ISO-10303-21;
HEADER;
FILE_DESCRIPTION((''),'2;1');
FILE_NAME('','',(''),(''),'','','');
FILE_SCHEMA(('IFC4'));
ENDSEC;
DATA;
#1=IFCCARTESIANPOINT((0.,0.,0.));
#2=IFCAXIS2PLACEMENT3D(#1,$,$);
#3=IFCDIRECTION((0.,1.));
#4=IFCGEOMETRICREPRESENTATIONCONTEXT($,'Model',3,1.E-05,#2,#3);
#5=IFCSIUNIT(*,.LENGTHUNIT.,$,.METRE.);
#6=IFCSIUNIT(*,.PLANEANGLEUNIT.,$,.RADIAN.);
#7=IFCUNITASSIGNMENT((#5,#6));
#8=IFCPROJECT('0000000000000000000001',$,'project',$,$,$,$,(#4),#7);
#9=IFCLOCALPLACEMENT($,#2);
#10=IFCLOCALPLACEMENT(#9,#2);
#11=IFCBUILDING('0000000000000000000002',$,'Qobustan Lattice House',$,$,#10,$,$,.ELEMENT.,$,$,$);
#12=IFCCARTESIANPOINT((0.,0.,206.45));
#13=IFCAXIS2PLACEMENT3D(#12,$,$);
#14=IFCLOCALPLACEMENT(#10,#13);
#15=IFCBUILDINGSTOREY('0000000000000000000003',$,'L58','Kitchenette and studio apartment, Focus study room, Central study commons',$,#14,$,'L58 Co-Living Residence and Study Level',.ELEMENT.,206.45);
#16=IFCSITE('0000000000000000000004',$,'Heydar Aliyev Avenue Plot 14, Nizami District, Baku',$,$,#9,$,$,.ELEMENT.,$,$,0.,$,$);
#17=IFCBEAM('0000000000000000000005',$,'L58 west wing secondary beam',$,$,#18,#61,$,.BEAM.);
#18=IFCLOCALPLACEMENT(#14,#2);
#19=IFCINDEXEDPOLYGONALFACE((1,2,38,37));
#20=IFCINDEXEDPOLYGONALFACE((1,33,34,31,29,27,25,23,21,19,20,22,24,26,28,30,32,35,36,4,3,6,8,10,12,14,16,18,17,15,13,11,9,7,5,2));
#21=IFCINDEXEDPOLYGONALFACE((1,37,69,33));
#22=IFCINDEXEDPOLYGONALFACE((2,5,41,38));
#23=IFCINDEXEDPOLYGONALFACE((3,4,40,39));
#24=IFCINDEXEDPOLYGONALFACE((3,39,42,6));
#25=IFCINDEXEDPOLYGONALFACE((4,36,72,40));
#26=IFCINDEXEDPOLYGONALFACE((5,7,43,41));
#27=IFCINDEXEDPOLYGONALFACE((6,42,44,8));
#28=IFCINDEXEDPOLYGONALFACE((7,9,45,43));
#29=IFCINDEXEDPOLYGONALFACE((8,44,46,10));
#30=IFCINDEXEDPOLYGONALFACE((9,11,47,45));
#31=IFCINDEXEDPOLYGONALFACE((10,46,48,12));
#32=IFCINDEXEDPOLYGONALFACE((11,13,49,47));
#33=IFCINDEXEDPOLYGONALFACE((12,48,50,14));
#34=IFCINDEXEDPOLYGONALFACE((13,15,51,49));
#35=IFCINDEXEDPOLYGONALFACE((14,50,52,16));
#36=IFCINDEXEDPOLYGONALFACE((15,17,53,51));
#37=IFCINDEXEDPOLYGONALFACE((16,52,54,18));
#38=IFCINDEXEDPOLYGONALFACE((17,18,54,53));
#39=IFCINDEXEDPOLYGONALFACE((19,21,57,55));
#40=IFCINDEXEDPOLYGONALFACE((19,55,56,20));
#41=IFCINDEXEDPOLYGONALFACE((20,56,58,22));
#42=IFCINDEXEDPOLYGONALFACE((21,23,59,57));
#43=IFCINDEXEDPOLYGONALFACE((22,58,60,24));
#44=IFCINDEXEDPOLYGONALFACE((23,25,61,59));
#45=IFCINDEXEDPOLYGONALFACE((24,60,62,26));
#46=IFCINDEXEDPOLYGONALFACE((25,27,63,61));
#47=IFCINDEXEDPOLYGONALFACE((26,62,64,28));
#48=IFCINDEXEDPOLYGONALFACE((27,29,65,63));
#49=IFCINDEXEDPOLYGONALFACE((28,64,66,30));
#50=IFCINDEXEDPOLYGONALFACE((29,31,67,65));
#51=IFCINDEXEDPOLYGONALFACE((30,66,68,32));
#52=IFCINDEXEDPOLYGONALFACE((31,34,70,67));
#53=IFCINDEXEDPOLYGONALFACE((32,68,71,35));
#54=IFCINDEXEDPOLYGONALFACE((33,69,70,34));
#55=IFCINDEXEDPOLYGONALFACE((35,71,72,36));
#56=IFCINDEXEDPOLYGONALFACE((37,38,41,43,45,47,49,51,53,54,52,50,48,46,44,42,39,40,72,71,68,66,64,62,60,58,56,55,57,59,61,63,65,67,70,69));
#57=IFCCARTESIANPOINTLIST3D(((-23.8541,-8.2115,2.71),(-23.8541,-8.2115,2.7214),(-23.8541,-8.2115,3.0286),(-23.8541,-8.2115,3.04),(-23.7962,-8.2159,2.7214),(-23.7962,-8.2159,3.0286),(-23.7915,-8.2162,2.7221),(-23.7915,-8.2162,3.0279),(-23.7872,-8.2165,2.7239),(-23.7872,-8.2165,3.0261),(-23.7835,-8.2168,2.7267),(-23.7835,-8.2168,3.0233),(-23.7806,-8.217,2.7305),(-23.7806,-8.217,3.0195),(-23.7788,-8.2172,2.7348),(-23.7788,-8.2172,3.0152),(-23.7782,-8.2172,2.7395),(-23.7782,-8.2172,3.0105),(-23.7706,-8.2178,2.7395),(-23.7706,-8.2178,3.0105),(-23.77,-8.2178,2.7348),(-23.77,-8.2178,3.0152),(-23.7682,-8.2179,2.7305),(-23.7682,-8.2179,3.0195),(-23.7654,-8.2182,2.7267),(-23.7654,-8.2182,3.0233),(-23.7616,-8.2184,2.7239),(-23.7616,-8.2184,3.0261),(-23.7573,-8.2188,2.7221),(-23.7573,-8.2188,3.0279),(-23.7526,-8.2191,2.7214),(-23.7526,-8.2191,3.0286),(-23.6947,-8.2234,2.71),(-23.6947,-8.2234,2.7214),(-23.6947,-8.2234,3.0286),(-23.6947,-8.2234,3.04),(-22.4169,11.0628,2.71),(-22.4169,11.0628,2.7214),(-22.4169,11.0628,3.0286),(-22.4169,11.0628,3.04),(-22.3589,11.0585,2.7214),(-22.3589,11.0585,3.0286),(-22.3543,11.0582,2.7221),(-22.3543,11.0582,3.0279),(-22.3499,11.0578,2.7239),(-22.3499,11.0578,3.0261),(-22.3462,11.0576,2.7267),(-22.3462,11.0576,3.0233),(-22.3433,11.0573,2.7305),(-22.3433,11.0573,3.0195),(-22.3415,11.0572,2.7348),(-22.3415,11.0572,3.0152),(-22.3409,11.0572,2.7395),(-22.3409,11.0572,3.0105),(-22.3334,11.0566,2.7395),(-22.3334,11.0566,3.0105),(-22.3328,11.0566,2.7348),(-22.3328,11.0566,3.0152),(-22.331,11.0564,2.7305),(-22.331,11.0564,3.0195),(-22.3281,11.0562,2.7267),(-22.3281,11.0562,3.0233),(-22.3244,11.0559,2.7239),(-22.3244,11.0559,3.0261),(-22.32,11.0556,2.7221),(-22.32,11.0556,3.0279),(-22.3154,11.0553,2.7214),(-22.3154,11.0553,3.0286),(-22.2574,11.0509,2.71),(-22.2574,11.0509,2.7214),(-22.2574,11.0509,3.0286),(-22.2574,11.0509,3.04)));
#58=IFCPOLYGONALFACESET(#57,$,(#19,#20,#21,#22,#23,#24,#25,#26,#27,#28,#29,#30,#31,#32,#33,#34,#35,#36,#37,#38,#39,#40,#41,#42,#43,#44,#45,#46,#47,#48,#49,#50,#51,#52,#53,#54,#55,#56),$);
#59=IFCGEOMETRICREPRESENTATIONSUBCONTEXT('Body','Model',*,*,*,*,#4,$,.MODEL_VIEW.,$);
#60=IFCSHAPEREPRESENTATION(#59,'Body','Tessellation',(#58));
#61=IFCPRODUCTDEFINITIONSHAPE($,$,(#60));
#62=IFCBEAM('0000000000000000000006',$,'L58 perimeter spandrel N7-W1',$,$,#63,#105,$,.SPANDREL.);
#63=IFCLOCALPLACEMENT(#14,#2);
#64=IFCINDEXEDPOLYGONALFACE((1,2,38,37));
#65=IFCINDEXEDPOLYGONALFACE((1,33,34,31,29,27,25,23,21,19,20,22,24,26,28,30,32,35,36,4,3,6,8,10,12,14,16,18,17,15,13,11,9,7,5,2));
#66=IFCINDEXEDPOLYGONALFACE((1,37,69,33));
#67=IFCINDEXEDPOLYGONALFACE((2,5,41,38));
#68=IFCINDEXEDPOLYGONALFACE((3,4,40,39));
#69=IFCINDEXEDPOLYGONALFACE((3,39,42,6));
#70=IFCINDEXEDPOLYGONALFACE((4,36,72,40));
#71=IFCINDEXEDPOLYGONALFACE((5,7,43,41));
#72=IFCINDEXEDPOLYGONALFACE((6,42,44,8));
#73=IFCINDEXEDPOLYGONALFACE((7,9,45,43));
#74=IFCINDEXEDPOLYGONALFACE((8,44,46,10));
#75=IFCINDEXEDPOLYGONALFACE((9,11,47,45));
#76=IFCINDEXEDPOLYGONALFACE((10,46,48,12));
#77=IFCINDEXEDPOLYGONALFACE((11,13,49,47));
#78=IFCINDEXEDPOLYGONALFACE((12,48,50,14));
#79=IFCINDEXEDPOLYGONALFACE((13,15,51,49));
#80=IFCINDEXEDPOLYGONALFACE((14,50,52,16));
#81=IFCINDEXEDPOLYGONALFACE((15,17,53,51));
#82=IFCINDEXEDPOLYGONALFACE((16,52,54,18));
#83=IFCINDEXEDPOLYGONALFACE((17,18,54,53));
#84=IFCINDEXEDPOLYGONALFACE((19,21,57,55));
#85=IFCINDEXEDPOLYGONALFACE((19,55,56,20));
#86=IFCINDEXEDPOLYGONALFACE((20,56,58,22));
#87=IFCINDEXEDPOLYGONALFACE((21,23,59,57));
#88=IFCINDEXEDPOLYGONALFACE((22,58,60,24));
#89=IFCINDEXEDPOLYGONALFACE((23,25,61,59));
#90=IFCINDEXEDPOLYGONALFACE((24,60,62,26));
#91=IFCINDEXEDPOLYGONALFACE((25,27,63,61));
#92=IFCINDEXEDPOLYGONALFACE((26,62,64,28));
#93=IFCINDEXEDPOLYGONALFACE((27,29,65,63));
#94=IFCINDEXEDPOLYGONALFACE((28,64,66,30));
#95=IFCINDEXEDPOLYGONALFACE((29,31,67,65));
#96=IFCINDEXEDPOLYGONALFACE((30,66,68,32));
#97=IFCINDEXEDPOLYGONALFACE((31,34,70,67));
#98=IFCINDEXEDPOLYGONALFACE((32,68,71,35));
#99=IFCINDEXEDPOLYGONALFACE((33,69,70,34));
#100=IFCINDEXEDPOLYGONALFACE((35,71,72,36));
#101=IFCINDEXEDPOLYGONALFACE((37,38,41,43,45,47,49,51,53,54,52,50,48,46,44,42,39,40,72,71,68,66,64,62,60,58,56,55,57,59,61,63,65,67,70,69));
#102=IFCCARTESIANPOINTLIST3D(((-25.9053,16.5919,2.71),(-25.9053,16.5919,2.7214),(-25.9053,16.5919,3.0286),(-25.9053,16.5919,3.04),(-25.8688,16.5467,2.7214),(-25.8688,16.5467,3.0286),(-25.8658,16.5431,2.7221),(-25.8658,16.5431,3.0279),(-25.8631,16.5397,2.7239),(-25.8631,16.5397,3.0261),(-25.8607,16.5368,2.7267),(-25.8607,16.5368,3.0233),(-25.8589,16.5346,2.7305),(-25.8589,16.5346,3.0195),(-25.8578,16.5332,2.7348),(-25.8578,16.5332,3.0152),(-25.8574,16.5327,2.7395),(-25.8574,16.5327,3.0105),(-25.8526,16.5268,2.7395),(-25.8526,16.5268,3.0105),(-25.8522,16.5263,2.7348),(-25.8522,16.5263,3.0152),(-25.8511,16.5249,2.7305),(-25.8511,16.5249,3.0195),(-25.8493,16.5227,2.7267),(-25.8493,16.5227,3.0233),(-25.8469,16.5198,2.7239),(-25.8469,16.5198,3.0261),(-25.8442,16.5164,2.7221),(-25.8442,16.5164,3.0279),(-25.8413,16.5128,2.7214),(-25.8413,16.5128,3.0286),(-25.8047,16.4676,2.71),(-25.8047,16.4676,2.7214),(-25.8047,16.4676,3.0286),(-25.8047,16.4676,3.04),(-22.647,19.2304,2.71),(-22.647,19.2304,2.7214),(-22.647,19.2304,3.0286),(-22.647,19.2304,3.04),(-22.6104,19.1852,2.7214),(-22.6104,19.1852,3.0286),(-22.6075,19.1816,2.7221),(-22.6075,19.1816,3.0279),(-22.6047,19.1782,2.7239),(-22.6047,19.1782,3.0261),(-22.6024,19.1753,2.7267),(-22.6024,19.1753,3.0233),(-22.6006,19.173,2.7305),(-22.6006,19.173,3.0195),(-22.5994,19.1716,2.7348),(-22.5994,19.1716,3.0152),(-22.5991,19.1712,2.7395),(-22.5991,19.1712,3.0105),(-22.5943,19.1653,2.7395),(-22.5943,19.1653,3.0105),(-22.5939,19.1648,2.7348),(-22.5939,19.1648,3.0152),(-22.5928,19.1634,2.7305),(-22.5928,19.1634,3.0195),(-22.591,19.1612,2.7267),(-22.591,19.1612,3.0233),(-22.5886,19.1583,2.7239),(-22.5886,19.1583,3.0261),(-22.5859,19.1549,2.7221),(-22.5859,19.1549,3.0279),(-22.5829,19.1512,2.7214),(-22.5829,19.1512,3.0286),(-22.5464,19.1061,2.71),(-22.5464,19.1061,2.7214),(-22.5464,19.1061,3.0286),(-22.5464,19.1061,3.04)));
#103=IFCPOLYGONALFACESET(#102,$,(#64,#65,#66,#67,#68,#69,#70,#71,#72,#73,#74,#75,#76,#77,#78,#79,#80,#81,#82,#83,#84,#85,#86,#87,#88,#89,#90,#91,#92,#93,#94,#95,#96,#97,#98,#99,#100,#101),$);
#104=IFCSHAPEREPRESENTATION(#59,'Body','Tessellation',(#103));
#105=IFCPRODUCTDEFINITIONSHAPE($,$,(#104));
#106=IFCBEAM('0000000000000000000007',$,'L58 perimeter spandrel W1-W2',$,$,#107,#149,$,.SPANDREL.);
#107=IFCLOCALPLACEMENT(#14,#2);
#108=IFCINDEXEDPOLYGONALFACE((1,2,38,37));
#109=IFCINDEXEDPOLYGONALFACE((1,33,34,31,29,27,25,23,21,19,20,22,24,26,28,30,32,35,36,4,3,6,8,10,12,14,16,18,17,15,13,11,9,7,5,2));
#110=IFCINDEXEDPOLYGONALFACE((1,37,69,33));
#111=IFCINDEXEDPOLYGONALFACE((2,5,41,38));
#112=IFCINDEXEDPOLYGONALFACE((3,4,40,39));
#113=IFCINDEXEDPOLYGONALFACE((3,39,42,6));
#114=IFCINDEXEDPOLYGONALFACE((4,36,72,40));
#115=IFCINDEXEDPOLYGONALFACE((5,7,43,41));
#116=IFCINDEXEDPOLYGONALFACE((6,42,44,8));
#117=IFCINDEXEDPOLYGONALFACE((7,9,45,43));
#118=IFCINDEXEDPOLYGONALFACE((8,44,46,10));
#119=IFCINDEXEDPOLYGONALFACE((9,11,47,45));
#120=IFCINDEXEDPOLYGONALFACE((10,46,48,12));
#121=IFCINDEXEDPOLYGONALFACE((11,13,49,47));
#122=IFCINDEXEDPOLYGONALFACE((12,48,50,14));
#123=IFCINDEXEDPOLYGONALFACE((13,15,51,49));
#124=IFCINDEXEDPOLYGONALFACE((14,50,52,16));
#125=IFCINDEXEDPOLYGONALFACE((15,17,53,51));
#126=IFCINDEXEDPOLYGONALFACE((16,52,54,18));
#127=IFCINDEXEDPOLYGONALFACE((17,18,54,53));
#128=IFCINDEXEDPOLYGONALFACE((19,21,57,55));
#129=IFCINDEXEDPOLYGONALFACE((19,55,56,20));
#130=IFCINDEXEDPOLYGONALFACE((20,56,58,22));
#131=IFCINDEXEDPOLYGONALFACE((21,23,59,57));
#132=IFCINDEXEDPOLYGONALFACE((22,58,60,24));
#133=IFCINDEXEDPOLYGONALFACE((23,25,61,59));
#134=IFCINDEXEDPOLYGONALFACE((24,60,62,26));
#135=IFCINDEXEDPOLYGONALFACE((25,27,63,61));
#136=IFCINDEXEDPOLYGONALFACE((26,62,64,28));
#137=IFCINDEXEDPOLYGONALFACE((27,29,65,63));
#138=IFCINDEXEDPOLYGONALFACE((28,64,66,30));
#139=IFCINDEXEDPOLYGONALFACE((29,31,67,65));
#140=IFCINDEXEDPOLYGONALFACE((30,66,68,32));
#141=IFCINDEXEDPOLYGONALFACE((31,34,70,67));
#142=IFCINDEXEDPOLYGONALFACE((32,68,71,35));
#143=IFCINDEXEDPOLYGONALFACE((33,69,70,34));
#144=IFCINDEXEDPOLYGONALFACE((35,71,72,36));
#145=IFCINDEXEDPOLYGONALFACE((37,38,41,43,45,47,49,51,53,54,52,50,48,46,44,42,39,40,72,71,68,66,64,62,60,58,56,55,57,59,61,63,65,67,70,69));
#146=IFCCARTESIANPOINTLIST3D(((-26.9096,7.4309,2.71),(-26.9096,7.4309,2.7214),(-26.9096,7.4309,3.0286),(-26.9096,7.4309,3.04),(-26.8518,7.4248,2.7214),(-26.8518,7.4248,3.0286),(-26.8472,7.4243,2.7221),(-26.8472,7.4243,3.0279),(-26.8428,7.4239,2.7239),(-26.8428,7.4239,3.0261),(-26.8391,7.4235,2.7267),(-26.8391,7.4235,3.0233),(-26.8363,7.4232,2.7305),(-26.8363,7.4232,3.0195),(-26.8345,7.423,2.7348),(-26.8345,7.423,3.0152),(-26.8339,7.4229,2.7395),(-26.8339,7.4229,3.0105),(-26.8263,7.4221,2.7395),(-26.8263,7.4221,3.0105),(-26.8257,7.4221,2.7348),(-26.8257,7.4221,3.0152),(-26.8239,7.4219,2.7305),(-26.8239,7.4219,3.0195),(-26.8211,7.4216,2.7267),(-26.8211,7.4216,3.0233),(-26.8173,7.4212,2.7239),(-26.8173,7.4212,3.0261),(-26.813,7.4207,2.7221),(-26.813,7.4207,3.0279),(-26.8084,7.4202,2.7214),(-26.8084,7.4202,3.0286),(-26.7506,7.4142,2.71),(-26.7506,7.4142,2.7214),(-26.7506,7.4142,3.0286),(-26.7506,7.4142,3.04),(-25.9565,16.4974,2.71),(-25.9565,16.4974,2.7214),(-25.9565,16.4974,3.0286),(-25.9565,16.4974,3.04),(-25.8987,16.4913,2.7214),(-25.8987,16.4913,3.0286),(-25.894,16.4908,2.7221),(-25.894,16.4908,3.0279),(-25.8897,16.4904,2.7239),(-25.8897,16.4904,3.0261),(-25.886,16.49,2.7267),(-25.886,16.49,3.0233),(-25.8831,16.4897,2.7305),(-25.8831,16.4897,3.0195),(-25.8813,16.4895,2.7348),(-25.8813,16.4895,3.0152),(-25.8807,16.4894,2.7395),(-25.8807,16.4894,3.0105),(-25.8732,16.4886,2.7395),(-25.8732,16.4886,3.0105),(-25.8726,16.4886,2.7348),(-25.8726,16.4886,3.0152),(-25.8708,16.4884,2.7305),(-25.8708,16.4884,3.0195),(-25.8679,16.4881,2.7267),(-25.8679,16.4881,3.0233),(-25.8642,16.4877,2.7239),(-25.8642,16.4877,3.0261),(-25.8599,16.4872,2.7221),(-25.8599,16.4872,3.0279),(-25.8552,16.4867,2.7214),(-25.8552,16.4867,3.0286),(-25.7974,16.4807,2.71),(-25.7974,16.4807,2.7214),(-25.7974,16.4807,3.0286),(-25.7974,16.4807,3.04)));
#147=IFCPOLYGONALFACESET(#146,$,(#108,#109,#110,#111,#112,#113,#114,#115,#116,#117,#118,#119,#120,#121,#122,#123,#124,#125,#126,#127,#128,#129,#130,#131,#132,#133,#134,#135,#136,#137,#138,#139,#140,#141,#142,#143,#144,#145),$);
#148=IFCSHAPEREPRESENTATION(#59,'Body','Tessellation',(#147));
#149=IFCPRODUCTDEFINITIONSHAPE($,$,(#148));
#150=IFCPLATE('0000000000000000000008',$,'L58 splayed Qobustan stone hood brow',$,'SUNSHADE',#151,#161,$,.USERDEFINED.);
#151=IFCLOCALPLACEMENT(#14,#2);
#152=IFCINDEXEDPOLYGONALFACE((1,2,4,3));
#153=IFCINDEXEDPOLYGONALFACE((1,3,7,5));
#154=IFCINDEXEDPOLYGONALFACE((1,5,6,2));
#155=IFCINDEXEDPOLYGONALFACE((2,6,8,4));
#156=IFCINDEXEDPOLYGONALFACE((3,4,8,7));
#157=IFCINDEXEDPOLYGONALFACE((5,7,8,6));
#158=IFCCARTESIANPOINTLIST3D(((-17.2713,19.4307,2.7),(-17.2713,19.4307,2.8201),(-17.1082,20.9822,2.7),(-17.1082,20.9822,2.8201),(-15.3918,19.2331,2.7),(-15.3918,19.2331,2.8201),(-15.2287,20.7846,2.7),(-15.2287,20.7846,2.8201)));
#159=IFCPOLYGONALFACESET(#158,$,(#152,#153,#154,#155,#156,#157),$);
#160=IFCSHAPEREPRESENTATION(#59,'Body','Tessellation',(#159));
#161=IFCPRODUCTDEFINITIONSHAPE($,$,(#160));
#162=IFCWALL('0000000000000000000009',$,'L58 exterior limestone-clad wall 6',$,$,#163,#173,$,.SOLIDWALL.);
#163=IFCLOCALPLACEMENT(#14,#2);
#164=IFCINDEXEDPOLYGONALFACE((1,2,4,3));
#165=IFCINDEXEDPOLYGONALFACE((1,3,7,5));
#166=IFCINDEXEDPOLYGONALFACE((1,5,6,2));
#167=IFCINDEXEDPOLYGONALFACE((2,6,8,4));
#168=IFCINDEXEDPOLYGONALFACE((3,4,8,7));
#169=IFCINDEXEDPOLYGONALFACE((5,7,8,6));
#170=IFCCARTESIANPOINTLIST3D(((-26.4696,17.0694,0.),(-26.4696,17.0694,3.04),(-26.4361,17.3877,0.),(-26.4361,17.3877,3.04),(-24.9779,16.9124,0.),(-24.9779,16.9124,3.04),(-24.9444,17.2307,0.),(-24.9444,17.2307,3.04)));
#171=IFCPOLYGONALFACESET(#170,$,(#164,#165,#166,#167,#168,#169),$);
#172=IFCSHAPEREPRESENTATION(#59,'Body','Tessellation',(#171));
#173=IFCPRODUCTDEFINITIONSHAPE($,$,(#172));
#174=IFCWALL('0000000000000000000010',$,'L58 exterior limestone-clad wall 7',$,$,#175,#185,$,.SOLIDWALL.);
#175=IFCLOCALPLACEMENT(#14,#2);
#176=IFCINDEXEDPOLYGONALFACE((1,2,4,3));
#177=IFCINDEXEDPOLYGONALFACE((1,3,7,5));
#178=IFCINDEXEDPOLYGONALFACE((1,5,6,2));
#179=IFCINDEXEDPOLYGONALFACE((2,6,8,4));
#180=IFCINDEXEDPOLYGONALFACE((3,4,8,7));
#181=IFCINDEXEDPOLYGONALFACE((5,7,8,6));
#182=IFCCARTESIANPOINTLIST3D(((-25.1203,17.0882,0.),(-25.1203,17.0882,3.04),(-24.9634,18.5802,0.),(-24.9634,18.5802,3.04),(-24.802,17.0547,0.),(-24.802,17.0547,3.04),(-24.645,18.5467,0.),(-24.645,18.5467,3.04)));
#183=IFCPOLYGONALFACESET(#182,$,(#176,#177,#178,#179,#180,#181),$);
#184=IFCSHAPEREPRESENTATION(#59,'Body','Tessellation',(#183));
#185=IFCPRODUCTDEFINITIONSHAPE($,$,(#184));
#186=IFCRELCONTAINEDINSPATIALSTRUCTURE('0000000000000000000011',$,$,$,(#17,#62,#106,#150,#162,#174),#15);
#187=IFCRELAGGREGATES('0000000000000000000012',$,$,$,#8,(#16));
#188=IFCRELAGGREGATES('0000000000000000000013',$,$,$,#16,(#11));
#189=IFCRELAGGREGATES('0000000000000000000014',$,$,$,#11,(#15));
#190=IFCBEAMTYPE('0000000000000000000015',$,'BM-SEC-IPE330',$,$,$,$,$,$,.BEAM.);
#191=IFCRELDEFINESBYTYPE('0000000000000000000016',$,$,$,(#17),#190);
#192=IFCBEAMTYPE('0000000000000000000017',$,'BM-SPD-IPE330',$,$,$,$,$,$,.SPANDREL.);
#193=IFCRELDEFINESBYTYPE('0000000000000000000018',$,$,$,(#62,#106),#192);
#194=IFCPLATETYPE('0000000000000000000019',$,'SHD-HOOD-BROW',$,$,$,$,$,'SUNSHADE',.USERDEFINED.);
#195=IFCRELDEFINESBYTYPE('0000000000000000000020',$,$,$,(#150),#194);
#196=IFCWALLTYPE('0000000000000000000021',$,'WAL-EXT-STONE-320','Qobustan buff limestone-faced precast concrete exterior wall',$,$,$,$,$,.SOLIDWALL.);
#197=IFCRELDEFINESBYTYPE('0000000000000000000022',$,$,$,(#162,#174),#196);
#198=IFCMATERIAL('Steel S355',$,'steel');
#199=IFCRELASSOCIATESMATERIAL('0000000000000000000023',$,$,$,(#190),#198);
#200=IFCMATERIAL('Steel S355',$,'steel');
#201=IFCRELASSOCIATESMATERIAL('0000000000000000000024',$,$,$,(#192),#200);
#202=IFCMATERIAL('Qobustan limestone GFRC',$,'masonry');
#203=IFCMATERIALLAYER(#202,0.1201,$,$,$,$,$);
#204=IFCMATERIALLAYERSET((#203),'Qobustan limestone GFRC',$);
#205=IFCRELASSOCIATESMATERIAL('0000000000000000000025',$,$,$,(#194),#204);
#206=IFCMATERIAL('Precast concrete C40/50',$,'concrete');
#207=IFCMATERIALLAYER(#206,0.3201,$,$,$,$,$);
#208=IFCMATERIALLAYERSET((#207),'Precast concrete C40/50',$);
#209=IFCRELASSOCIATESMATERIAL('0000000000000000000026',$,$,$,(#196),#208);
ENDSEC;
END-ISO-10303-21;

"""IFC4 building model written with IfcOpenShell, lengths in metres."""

from ifc_helpers import new_model, si_unit, direction, frame, frame_2d, origin, origin_2d, place, context, subcontext, project, spatial, rectangle, i_section, extrude, material, layer, layer_set, material_profile, profile_set, type_object, element, save


model = new_model("IFC4")

# Units and contexts
model_context = context("Model", 3, precision=1e-05, world=origin(), true_north=direction((0.0, 1.0)))
body_context = subcontext(model_context, "Body", "Model", "MODEL_VIEW")
ifc_project = project(units=[si_unit("LENGTHUNIT", "METRE"), si_unit("PLANEANGLEUNIT", "RADIAN")], contexts=[model_context])

# Site, building, storey
site_placement = place(None, origin())
site = spatial("IfcSite", under=ifc_project, at=site_placement, Name="Heydar Aliyev Avenue Plot 14, Nizami District, Baku", CompositionType="ELEMENT", RefElevation=0.0)
building_placement = place(site_placement, origin())
building = spatial("IfcBuilding", under=site, at=building_placement, Name="Qobustan Lattice House", CompositionType="ELEMENT")
storey_placement = place(building_placement, frame((0.0, 0.0, 206.45)))
storey = spatial("IfcBuildingStorey", under=building, at=storey_placement, Name="L58", Description="Kitchenette and studio apartment, Focus study room, Central study commons", LongName="L58 Co-Living Residence and Study Level", CompositionType="ELEMENT", Elevation=206.45)

# Beams
ifc_material_1 = material(Name="Steel S355", Category="steel")
ifc_material_profile_1 = material_profile(ifc_material_1, i_section(OverallWidth=0.1599, OverallDepth=0.3301, WebThickness=0.0076, FlangeThickness=0.0115, FilletRadius=0.0181, at=origin_2d()), Name="IPE330")
ifc_profile_set_1 = profile_set([ifc_material_profile_1], Name="Steel S355")
beam_type_1 = type_object("IfcBeamType", Name="BM-SEC-IPE330", PredefinedType="BEAM", material=ifc_profile_set_1)
beam_1_placement = place(storey_placement, frame((-22.3372, 11.0569, 2.875), z_axis=(-0.074362, -0.997231, 0.0), x_axis=(0.997231, -0.074362, 0.0)))
element("IfcBeam", 1, at=beam_1_placement, inside=storey, type_object=beam_type_1, Name="L58 west wing secondary beam", PredefinedType="BEAM", context=body_context, shape_type="SweptSolid", body=[
    extrude(i_section(OverallWidth=0.1599, OverallDepth=0.3301, WebThickness=0.0076, FlangeThickness=0.0115, FilletRadius=0.0181, at=origin_2d()), origin(), (0.0, 0.0, 1.0), 19.3279),
])
ifc_material_2 = material(Name="Steel S355", Category="steel")
ifc_material_profile_2 = material_profile(ifc_material_2, i_section(OverallWidth=0.1599, OverallDepth=0.3301, WebThickness=0.0076, FlangeThickness=0.0115, FilletRadius=0.0181, at=origin_2d()), Name="IPE330")
ifc_profile_set_2 = profile_set([ifc_material_profile_2], Name="Steel S355")
beam_type_2 = type_object("IfcBeamType", Name="BM-SPD-IPE330", PredefinedType="SPANDREL", material=ifc_profile_set_2)
beam_2_placement = place(storey_placement, frame((-22.5967, 19.1682, 2.875), z_axis=(-0.777157, -0.629307, 0.0), x_axis=(0.629307, -0.777157, 0.0)))
element("IfcBeam", 2, at=beam_2_placement, inside=storey, type_object=beam_type_2, Name="L58 perimeter spandrel N7-W1", PredefinedType="SPANDREL", context=body_context, shape_type="SweptSolid", body=[
    extrude(i_section(OverallWidth=0.1599, OverallDepth=0.3301, WebThickness=0.0076, FlangeThickness=0.0115, FilletRadius=0.0181, at=origin_2d()), origin(), (0.0, 0.0, 1.0), 4.1926),
])
beam_3_placement = place(storey_placement, frame((-25.877, 16.489, 2.875), z_axis=(-0.104551, -0.99452, 0.0), x_axis=(0.99452, -0.104551, 0.0)))
element("IfcBeam", 3, at=beam_3_placement, inside=storey, type_object=beam_type_2, Name="L58 perimeter spandrel W1-W2", PredefinedType="SPANDREL", context=body_context, shape_type="SweptSolid", body=[
    extrude(i_section(OverallWidth=0.1599, OverallDepth=0.3301, WebThickness=0.0076, FlangeThickness=0.0115, FilletRadius=0.0181, at=origin_2d()), origin(), (0.0, 0.0, 1.0), 9.1165),
])

# Plate
ifc_material_3 = material(Name="Qobustan limestone GFRC", Category="masonry")
ifc_layer_1 = layer(ifc_material_3, 0.1201)
ifc_layer_set_1 = layer_set([ifc_layer_1], Name="Qobustan limestone GFRC")
plate_type = type_object("IfcPlateType", Name="SHD-HOOD-BROW", ElementType="SUNSHADE", PredefinedType="USERDEFINED", material=ifc_layer_set_1)
plate_placement = place(storey_placement, frame((-16.25, 20.1077, 2.7), z_axis=(0.0, 0.0, 1.0), x_axis=(0.994522, -0.104528, 0.0)))
element("IfcPlate", 4, at=plate_placement, inside=storey, type_object=plate_type, Name="L58 splayed Qobustan stone hood brow", ObjectType="SUNSHADE", PredefinedType="USERDEFINED", context=body_context, shape_type="SweptSolid", body=[
    extrude(rectangle(XDim=1.8899, YDim=1.5601, at=origin_2d()), origin(), (0.0, 0.0, 1.0), 0.1201),
])

# Walls
ifc_material_4 = material(Name="Precast concrete C40/50", Category="concrete")
ifc_layer_2 = layer(ifc_material_4, 0.3201)
ifc_layer_set_2 = layer_set([ifc_layer_2], Name="Precast concrete C40/50")
wall_type_1 = type_object("IfcWallType", Name="WAL-EXT-STONE-320", Description="Qobustan buff limestone-faced precast concrete exterior wall", PredefinedType="SOLIDWALL", material=ifc_layer_set_2)
wall_1_placement = place(storey_placement, frame((-26.4529, 17.2285, 0.0), z_axis=(0.0, 0.0, 1.0), x_axis=(0.994508, -0.104659, 0.0)))
element("IfcWall", 5, at=wall_1_placement, inside=storey, type_object=wall_type_1, Name="L58 exterior limestone-clad wall 6", PredefinedType="SOLIDWALL", context=body_context, shape_type="SweptSolid", body=[
    extrude(rectangle(XDim=1.5, YDim=0.3201, at=frame_2d((0.75, 0.0))), origin(), (0.0, 0.0, 1.0), 3.04),
])
wall_2_placement = place(storey_placement, frame((-24.9612, 17.0715, 0.0), z_axis=(0.0, 0.0, 1.0), x_axis=(0.104642, 0.99451, 0.0)))
element("IfcWall", 6, at=wall_2_placement, inside=storey, type_object=wall_type_1, Name="L58 exterior limestone-clad wall 7", PredefinedType="SOLIDWALL", context=body_context, shape_type="SweptSolid", body=[
    extrude(rectangle(XDim=1.5002, YDim=0.3201, at=frame_2d((0.75, 0.0))), origin(), (0.0, 0.0, 1.0), 3.04),
])

save(model, "model.ifc")
